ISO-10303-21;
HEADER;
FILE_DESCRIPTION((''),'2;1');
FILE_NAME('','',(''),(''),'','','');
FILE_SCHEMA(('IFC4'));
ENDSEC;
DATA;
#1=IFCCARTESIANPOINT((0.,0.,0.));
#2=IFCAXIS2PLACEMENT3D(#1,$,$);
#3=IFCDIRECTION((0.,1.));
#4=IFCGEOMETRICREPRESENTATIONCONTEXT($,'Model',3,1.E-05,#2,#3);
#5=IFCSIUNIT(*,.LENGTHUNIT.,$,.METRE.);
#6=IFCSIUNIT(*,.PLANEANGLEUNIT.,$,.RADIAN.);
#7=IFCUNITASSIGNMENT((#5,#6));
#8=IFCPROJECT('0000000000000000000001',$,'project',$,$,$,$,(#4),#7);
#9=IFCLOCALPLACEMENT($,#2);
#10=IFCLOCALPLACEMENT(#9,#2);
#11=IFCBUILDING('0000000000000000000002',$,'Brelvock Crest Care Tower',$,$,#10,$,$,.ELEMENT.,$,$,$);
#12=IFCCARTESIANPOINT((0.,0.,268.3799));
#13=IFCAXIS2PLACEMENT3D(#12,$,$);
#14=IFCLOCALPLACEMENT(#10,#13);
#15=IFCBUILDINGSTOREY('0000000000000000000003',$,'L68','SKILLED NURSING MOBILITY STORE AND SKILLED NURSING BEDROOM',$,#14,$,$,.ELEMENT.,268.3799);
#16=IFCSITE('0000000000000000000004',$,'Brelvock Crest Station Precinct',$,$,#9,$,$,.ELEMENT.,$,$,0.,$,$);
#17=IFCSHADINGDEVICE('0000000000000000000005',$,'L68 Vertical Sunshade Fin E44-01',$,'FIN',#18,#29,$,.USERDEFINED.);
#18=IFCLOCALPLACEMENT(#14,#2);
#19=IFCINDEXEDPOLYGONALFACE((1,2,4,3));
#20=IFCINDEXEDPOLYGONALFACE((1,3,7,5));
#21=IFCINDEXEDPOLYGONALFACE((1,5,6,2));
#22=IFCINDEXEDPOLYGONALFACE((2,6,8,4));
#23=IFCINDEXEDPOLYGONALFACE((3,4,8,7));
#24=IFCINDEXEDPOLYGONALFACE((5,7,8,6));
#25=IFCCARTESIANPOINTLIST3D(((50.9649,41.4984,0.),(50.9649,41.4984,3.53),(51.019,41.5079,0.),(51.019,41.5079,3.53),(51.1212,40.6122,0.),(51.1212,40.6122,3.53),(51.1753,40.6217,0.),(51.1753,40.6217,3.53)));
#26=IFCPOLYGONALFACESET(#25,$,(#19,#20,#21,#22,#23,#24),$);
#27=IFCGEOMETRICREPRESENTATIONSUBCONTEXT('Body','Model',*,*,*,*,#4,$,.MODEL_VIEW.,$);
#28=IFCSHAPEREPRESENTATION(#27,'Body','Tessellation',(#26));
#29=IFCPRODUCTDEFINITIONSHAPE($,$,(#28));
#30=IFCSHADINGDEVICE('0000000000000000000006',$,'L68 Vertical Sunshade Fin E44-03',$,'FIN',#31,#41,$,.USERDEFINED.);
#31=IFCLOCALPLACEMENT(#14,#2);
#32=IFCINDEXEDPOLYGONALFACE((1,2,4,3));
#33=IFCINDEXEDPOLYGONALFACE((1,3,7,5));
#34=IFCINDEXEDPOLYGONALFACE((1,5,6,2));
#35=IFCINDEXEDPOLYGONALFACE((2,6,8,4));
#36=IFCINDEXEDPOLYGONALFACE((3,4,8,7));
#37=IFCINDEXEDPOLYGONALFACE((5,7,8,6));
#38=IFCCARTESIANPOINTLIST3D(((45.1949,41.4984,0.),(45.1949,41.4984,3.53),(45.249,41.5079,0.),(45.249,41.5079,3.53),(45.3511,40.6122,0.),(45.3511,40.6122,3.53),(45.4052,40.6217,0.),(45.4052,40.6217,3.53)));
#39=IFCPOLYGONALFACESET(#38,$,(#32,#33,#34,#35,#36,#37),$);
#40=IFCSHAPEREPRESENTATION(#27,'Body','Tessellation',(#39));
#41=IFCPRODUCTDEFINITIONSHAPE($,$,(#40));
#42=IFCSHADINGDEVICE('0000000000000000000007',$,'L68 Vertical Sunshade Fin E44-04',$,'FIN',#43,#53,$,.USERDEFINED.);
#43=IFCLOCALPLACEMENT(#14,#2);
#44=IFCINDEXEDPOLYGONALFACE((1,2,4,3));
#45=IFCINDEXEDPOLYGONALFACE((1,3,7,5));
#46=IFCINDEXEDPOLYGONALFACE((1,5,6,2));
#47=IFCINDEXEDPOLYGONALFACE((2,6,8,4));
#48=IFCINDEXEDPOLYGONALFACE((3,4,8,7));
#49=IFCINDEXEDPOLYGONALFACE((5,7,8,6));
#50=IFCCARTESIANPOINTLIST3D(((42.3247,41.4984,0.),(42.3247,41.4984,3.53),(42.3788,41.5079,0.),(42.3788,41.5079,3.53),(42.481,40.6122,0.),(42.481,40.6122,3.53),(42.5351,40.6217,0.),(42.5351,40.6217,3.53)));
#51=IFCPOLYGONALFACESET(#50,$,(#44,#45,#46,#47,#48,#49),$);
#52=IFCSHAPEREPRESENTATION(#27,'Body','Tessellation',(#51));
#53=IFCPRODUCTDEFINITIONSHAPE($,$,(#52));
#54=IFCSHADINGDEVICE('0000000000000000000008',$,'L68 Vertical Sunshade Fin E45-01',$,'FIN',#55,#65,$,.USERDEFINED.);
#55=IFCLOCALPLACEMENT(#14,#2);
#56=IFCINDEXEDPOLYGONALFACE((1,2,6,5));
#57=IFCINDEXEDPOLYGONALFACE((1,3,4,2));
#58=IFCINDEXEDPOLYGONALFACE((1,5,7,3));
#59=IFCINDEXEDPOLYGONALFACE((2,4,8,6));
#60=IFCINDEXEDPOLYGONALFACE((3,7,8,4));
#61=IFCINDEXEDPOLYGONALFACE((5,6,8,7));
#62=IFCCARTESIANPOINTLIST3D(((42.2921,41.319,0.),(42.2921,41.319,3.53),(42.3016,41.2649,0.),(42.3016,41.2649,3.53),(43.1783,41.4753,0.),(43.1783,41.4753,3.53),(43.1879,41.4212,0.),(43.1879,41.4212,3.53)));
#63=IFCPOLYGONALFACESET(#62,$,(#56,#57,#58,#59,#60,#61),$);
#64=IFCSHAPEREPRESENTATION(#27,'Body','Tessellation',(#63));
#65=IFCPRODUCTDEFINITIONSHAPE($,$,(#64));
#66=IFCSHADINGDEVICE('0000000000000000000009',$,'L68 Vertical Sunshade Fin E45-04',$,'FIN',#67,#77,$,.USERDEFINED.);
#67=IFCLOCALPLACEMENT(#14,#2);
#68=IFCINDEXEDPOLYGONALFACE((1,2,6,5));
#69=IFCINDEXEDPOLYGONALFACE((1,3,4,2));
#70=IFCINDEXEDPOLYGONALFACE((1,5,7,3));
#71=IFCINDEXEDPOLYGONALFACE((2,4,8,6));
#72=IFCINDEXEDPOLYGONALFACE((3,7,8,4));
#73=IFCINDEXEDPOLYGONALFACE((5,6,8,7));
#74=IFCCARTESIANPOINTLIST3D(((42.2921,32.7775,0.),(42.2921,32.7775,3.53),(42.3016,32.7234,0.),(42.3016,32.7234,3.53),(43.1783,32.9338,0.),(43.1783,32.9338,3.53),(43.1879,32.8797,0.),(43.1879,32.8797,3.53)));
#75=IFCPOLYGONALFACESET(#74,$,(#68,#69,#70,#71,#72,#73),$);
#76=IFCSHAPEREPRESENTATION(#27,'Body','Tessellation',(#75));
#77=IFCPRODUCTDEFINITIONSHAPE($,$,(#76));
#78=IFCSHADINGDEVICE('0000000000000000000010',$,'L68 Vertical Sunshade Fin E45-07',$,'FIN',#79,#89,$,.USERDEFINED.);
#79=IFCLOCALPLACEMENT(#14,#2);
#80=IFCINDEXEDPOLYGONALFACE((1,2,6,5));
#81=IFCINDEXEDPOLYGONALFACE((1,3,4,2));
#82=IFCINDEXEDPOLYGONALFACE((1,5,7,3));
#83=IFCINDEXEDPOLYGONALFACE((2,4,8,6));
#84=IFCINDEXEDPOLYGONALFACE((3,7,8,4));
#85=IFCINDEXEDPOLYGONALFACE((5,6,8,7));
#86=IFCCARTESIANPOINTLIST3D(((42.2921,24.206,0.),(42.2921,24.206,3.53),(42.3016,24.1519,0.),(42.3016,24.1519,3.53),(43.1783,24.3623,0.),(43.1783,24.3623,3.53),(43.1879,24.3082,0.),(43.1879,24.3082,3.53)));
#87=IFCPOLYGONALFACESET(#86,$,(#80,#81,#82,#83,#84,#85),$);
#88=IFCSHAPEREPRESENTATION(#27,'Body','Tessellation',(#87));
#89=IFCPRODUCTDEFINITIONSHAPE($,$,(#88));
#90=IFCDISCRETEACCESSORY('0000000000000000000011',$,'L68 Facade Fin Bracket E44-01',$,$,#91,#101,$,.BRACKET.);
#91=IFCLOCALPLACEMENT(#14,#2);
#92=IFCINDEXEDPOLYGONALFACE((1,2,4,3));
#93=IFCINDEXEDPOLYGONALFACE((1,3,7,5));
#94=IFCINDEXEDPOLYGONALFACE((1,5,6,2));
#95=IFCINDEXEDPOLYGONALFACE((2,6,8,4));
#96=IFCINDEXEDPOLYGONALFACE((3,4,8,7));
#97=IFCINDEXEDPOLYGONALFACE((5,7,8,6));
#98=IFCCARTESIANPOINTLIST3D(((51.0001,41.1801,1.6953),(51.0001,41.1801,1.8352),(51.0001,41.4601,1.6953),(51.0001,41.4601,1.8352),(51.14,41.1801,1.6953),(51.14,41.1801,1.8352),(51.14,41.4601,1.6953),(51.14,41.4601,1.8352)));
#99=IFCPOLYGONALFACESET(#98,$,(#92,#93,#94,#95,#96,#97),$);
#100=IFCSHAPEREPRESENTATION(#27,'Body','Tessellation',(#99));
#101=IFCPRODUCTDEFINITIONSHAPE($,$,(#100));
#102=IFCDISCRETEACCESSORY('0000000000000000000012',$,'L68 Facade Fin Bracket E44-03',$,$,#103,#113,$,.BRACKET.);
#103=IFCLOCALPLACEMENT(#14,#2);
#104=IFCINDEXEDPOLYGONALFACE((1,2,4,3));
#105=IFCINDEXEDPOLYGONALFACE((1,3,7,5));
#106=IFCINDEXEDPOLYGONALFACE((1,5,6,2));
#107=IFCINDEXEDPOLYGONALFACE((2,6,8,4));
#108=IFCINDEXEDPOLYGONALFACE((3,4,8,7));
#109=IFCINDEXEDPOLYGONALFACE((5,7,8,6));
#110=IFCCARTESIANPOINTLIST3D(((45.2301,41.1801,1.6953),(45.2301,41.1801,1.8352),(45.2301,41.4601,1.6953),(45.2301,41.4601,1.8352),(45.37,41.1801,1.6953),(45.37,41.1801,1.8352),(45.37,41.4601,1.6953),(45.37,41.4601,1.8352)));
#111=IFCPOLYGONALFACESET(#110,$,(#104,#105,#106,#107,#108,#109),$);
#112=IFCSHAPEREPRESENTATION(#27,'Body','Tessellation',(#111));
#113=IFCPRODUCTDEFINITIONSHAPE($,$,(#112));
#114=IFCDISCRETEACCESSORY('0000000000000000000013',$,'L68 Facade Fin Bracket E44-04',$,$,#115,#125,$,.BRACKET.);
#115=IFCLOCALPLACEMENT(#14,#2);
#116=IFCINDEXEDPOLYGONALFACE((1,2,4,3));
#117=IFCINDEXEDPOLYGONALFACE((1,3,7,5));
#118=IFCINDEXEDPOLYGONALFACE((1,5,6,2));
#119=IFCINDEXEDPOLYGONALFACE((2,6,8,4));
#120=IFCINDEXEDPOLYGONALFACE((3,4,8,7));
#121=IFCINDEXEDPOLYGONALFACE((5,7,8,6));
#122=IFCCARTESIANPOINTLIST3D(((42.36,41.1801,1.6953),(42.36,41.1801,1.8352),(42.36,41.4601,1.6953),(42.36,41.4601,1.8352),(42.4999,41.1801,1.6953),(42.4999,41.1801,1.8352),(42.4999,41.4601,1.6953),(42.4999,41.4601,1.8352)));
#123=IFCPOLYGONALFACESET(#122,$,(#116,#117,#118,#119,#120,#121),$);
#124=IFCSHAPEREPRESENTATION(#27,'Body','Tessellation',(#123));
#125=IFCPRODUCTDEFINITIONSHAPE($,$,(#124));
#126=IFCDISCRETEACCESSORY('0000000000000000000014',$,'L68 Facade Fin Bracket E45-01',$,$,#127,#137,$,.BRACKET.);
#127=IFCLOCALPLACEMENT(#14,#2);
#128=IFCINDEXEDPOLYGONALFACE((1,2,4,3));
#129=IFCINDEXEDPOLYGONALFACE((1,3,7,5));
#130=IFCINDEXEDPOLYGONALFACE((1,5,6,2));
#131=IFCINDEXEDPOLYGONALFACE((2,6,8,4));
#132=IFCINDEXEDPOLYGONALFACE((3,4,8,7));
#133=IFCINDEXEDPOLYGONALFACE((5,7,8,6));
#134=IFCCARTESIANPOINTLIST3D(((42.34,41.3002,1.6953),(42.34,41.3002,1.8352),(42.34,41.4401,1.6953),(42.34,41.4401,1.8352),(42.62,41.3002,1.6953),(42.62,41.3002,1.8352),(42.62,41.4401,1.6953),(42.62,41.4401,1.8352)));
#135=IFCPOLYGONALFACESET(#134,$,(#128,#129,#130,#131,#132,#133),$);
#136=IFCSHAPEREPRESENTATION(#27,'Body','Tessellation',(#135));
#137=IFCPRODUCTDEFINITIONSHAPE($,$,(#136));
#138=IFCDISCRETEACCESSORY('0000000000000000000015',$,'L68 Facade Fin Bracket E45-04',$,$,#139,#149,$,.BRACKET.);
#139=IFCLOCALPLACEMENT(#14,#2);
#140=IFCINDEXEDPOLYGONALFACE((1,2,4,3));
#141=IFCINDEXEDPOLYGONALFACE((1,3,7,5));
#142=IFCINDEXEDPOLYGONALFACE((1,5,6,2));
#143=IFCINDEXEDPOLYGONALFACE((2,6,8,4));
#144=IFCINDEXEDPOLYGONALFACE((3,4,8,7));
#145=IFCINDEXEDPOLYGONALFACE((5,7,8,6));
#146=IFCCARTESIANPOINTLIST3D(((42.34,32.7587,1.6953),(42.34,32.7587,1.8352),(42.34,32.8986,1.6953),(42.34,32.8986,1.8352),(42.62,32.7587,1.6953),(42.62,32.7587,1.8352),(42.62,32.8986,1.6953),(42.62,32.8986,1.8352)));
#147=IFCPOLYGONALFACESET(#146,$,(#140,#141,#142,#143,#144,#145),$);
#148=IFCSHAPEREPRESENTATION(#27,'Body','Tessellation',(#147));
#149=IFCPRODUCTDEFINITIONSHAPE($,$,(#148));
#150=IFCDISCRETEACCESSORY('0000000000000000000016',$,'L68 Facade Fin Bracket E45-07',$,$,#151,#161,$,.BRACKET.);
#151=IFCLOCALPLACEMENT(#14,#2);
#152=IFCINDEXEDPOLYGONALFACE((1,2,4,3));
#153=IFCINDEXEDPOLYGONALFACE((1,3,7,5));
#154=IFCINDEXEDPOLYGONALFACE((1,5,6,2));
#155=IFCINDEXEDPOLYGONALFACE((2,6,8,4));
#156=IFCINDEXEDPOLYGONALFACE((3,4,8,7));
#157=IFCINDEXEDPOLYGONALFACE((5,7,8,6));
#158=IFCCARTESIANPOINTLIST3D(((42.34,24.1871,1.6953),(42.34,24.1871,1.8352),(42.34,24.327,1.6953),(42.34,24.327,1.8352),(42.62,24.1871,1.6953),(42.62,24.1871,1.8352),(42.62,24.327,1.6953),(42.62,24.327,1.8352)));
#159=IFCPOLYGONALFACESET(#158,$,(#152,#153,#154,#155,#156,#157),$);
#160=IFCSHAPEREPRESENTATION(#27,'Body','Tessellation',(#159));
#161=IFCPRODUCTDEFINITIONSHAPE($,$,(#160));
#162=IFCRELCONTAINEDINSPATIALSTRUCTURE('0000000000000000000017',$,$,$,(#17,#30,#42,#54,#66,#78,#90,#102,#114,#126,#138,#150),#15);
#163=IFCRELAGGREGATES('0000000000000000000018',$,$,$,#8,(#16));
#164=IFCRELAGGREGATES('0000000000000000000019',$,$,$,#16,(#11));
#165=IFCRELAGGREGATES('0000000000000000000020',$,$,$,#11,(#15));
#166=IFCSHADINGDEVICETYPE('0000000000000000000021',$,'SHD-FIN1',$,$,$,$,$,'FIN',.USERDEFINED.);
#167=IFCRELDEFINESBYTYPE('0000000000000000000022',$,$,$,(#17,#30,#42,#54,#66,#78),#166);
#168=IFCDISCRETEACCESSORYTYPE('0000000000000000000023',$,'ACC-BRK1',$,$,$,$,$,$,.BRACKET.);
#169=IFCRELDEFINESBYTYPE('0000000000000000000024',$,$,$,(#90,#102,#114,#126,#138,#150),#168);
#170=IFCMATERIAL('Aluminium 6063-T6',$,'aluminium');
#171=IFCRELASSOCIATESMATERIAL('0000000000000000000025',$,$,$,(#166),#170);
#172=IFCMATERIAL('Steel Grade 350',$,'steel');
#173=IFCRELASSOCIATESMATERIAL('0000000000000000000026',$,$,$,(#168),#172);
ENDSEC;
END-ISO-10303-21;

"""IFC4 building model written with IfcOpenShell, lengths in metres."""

from ifc_helpers import new_model, si_unit, direction, frame, origin, origin_2d, place, context, subcontext, project, spatial, rectangle, extrude, source, transform, mapped, material, material_profile, profile_set, type_object, element, save


model = new_model("IFC4")

# Units and contexts
model_context = context("Model", 3, precision=1e-05, world=origin(), true_north=direction((0.0, 1.0)))
body_context = subcontext(model_context, "Body", "Model", "MODEL_VIEW")
ifc_project = project(units=[si_unit("LENGTHUNIT", "METRE"), si_unit("PLANEANGLEUNIT", "RADIAN")], contexts=[model_context])

# Site, building, storey
site_placement = place(None, origin())
site = spatial("IfcSite", under=ifc_project, at=site_placement, Name="Brelvock Crest Station Precinct", CompositionType="ELEMENT", RefElevation=0.0)
building_placement = place(site_placement, origin())
building = spatial("IfcBuilding", under=site, at=building_placement, Name="Brelvock Crest Care Tower", CompositionType="ELEMENT")
storey_placement = place(building_placement, frame((0.0, 0.0, 268.3799)))
storey = spatial("IfcBuildingStorey", under=building, at=storey_placement, Name="L68", Description="SKILLED NURSING MOBILITY STORE AND SKILLED NURSING BEDROOM", CompositionType="ELEMENT", Elevation=268.3799)

# Shared definitions
ifc_material_1 = material(Name="Steel Grade 350", Category="steel")

# Shared definitions
ifc_material_2 = material(Name="Aluminium 6063-T6", Category="aluminium")

# Shading devices
ifc_material_profile_1 = material_profile(ifc_material_2, rectangle(XDim=0.0549, YDim=0.8999, at=origin_2d()), Name="FIN55x900")
ifc_profile_set_1 = profile_set([ifc_material_profile_1], Name="Aluminium 6063-T6")
shading_device_type = type_object("IfcShadingDeviceType", Name="SHD-FIN1", ElementType="FIN", PredefinedType="USERDEFINED", material=ifc_profile_set_1)
shared_shape_1 = source(origin(), body_context, "Body", "SweptSolid", [
    extrude(rectangle(XDim=0.0549, YDim=0.8999, at=origin_2d()), origin(), (0.0, 0.0, 1.0), 3.53),
])
for number, where, z_axis, x_axis, name in (
    (1, (51.0701, 41.0601, 0.0), (0.0, 0.0, 1.0), (-0.984808, -0.173648, 0.0), "L68 Vertical Sunshade Fin E44-01"),
    (2, (45.3, 41.0601, 0.0), (0.0, 0.0, 1.0), (-0.984808, -0.173648, 0.0), "L68 Vertical Sunshade Fin E44-03"),
    (3, (42.4299, 41.0601, 0.0), (0.0, 0.0, 1.0), (-0.984808, -0.173648, 0.0), "L68 Vertical Sunshade Fin E44-04"),
    (4, (42.74, 41.3701, 0.0), (0.0, 0.0, 1.0), (0.173648, -0.984808, 0.0), "L68 Vertical Sunshade Fin E45-01"),
    (5, (42.74, 32.8286, 0.0), (0.0, 0.0, 1.0), (0.173648, -0.984808, 0.0), "L68 Vertical Sunshade Fin E45-04"),
    (6, (42.74, 24.2571, 0.0), (0.0, 0.0, 1.0), (0.173648, -0.984808, 0.0), "L68 Vertical Sunshade Fin E45-07"),
):
    element("IfcShadingDevice", number, at=place(storey_placement, frame(where, z_axis=z_axis, x_axis=x_axis)), inside=storey, type_object=shading_device_type, Name=name, ObjectType="FIN", PredefinedType="USERDEFINED", context=body_context, shape_type="MappedRepresentation", body=[
        mapped(shared_shape_1, transform((0.0, 0.0, 0.0), x_axis=(1.0, 0.0, 0.0), y_axis=(0.0, 1.0, 0.0), z_axis=(0.0, 0.0, 1.0), scale=1.0)),
    ])

# Discrete accessories
discrete_accessory_type = type_object("IfcDiscreteAccessoryType", Name="ACC-BRK1", PredefinedType="BRACKET", material=ifc_material_1)
shared_shape_2 = source(origin(), body_context, "Body", "SweptSolid", [
    extrude(rectangle(XDim=0.28, YDim=0.1399, at=origin_2d()), origin(), (0.0, 0.0, 1.0), 0.1399),
])
for number, where, z_axis, x_axis, name in (
    (7, (51.0701, 41.3201, 1.6953), (0.0, 0.0, 1.0), (0.0, -1.0, 0.0), "L68 Facade Fin Bracket E44-01"),
    (8, (45.3, 41.3201, 1.6953), (0.0, 0.0, 1.0), (0.0, -1.0, 0.0), "L68 Facade Fin Bracket E44-03"),
    (9, (42.4299, 41.3201, 1.6953), (0.0, 0.0, 1.0), (0.0, -1.0, 0.0), "L68 Facade Fin Bracket E44-04"),
    (10, (42.48, 41.3701, 1.6953), (0.0, 0.0, 1.0), (1.0, 0.0, 0.0), "L68 Facade Fin Bracket E45-01"),
    (11, (42.48, 32.8286, 1.6953), (0.0, 0.0, 1.0), (1.0, 0.0, 0.0), "L68 Facade Fin Bracket E45-04"),
    (12, (42.48, 24.2571, 1.6953), (0.0, 0.0, 1.0), (1.0, 0.0, 0.0), "L68 Facade Fin Bracket E45-07"),
):
    element("IfcDiscreteAccessory", number, at=place(storey_placement, frame(where, z_axis=z_axis, x_axis=x_axis)), inside=storey, type_object=discrete_accessory_type, Name=name, PredefinedType="BRACKET", context=body_context, shape_type="MappedRepresentation", body=[
        mapped(shared_shape_2, transform((0.0, 0.0, 0.0), x_axis=(1.0, 0.0, 0.0), y_axis=(0.0, 1.0, 0.0), z_axis=(0.0, 0.0, 1.0), scale=1.0)),
    ])

save(model, "model.ifc")
